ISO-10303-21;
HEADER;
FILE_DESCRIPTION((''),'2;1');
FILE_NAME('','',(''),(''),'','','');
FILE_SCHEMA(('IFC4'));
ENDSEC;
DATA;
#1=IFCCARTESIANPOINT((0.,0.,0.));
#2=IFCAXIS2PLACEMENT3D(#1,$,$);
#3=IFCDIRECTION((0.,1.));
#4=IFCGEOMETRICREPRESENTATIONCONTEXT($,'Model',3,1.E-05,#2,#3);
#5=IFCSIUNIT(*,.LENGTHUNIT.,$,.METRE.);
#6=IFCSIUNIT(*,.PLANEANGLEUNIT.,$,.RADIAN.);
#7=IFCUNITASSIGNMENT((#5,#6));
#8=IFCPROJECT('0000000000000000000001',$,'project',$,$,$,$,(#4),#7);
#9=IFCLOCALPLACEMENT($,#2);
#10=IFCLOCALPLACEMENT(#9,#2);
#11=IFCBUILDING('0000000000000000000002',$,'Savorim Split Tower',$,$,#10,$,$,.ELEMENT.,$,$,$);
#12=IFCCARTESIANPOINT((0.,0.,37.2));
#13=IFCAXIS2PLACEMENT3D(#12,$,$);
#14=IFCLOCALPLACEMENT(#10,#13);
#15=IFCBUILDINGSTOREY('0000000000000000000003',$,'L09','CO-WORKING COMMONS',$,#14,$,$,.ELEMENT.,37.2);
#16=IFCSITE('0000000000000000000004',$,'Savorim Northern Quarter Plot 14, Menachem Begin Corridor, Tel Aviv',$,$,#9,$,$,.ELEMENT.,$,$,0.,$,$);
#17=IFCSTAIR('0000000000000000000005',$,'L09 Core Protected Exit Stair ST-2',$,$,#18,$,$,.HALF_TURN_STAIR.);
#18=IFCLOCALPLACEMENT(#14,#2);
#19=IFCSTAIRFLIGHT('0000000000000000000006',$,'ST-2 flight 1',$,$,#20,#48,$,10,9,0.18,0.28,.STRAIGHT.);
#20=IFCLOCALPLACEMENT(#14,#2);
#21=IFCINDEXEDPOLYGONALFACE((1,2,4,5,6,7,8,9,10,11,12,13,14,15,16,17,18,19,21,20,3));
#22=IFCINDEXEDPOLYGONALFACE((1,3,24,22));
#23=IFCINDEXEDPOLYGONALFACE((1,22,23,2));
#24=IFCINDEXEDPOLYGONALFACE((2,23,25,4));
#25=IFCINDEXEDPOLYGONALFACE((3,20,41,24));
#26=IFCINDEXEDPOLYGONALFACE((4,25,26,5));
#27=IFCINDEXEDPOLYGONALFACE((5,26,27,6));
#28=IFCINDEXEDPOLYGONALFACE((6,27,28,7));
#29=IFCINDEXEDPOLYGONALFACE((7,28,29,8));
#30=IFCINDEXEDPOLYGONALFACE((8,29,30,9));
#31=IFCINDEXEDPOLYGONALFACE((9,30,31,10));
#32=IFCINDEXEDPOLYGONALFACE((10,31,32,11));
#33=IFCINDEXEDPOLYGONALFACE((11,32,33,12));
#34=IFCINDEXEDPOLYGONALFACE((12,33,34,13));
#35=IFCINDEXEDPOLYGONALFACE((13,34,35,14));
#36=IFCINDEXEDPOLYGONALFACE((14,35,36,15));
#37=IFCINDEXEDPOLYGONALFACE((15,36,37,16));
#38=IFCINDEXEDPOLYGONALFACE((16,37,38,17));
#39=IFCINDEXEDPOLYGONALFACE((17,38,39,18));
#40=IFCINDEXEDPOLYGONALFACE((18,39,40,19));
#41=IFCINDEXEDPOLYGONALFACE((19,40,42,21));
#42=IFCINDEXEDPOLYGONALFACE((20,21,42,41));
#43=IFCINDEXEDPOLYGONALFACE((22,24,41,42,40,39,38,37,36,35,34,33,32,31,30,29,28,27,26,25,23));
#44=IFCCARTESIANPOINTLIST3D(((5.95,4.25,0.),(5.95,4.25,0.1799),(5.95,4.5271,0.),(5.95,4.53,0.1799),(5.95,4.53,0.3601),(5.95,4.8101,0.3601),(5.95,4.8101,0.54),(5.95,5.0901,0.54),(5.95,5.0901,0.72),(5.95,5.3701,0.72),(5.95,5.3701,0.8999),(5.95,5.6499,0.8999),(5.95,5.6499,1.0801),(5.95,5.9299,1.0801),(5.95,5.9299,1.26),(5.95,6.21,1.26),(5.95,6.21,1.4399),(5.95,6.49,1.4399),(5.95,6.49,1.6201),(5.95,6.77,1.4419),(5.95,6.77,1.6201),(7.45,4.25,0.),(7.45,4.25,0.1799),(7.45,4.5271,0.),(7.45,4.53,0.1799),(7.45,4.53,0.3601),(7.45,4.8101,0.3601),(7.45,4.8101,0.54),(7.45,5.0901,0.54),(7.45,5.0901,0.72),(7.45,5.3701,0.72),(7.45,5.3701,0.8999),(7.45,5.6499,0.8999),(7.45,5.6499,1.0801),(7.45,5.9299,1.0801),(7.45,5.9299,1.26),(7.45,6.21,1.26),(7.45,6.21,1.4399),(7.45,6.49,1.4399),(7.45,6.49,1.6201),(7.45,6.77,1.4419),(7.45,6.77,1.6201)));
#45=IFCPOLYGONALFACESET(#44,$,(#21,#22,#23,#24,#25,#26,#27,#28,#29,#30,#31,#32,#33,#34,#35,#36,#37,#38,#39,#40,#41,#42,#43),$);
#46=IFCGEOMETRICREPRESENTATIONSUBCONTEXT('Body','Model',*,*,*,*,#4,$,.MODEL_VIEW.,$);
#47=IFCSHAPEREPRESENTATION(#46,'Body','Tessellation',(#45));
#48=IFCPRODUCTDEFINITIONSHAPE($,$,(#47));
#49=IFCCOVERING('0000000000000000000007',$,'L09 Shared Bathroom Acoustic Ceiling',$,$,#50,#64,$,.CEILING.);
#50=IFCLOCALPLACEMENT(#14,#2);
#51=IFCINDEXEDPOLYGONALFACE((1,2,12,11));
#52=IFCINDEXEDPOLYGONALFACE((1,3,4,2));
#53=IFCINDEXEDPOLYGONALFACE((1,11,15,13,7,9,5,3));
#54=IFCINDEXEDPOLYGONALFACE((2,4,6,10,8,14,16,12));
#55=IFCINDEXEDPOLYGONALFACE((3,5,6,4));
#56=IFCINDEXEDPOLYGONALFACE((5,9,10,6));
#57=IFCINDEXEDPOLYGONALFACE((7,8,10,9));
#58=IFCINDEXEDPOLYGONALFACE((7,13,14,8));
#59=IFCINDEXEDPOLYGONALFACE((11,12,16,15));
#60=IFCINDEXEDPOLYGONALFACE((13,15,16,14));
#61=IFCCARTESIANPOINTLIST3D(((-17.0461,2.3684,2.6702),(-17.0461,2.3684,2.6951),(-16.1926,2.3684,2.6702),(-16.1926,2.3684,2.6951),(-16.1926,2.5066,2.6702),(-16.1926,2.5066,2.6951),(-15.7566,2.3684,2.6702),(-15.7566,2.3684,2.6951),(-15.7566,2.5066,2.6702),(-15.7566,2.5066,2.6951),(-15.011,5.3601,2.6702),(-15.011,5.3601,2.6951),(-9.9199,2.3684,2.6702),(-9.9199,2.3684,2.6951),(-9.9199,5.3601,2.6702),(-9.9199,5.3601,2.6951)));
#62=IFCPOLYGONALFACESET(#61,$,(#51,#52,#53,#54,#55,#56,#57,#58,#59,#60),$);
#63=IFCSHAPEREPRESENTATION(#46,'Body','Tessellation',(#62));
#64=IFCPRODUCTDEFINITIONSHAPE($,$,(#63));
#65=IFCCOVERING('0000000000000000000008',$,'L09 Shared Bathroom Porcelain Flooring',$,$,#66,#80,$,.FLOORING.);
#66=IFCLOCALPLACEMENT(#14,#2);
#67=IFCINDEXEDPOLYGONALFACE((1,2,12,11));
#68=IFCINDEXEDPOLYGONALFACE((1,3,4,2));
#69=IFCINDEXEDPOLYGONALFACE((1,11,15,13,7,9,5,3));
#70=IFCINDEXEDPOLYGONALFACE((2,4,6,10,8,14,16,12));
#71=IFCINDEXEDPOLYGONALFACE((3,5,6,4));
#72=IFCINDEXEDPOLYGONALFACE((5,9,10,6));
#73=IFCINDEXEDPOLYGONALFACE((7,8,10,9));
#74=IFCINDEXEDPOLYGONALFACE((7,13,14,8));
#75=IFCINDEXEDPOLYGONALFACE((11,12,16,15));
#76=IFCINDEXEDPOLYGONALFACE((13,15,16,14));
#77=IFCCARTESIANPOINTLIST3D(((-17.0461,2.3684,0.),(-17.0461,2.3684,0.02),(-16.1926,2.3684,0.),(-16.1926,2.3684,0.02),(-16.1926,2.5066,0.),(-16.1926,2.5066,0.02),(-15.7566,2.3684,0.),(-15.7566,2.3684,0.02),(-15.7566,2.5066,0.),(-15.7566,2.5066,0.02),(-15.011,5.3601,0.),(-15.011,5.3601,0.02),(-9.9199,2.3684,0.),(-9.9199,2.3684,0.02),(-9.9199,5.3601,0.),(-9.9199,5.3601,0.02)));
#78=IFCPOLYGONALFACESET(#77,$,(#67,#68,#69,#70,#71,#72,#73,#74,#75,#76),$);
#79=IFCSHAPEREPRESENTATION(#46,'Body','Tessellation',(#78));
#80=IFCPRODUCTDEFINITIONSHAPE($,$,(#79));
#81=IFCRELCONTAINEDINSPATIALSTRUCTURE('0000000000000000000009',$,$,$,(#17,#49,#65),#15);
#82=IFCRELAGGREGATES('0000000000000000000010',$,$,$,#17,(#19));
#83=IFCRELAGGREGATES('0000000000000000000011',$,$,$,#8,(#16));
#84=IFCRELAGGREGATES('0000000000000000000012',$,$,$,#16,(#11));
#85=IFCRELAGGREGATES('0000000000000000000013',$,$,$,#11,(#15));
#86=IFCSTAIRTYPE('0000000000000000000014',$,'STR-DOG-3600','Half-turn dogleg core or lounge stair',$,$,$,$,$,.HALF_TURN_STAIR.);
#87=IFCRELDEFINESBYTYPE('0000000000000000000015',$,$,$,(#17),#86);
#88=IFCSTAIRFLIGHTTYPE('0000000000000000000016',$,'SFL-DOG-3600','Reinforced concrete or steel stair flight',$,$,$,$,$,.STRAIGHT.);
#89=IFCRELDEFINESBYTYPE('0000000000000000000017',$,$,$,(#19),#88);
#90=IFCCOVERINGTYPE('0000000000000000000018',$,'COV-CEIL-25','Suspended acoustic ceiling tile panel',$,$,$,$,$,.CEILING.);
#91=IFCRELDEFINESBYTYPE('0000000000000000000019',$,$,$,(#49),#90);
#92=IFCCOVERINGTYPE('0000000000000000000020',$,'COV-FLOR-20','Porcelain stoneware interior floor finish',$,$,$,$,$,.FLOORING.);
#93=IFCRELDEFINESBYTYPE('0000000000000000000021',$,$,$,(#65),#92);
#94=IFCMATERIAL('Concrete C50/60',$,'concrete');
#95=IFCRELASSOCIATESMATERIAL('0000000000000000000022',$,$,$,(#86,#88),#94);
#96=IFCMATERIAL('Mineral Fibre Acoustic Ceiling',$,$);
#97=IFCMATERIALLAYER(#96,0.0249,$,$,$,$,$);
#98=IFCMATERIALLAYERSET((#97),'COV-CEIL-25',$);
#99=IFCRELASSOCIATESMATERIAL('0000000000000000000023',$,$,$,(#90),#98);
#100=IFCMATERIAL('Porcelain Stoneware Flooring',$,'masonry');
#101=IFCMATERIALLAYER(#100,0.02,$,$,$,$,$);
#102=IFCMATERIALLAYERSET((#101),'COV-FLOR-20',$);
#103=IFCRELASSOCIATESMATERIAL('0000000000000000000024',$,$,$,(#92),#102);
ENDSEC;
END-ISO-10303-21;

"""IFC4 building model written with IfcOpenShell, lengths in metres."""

from ifc_helpers import new_model, si_unit, direction, frame, origin, place, context, subcontext, project, spatial, polyline, outline, extrude, material, layer, layer_set, type_object, element, aggregate, save


model = new_model("IFC4")

# Units and contexts
model_context = context("Model", 3, precision=1e-05, world=origin(), true_north=direction((0.0, 1.0)))
body_context = subcontext(model_context, "Body", "Model", "MODEL_VIEW")
ifc_project = project(units=[si_unit("LENGTHUNIT", "METRE"), si_unit("PLANEANGLEUNIT", "RADIAN")], contexts=[model_context])

# Site, building, storey
site_placement = place(None, origin())
site = spatial("IfcSite", under=ifc_project, at=site_placement, Name="Savorim Northern Quarter Plot 14, Menachem Begin Corridor, Tel Aviv", CompositionType="ELEMENT", RefElevation=0.0)
building_placement = place(site_placement, origin())
building = spatial("IfcBuilding", under=site, at=building_placement, Name="Savorim Split Tower", CompositionType="ELEMENT")
storey_placement = place(building_placement, frame((0.0, 0.0, 37.2)))
storey = spatial("IfcBuildingStorey", under=building, at=storey_placement, Name="L09", Description="CO-WORKING COMMONS", CompositionType="ELEMENT", Elevation=37.2)

# Shared definitions
ifc_material_1 = material(Name="Concrete C50/60", Category="concrete")

# Stair, stair flight
stair_type = type_object("IfcStairType", Name="STR-DOG-3600", Description="Half-turn dogleg core or lounge stair", PredefinedType="HALF_TURN_STAIR", material=ifc_material_1)
stair_placement = place(storey_placement, origin())
stair = element("IfcStair", 1, at=stair_placement, inside=storey, type_object=stair_type, Name="L09 Core Protected Exit Stair ST-2", PredefinedType="HALF_TURN_STAIR")
stair_flight_type = type_object("IfcStairFlightType", Name="SFL-DOG-3600", Description="Reinforced concrete or steel stair flight", PredefinedType="STRAIGHT", material=ifc_material_1)
stair_flight_placement = place(storey_placement, frame((6.7, 4.25, 0.0), z_axis=(0.0, 0.0, 1.0), x_axis=(0.0, 1.0, 0.0)))
stair_flight = element("IfcStairFlight", 2, at=stair_flight_placement, type_object=stair_flight_type, Name="ST-2 flight 1", NumberOfRisers=10, NumberOfTreads=9, PredefinedType="STRAIGHT", RiserHeight=0.18, TreadLength=0.28, context=body_context, shape_type="SweptSolid", body=[
    extrude(outline(polyline([(0.0, 0.0), (0.0, 0.1799), (0.28, 0.1799), (0.28, 0.3601), (0.5601, 0.3601), (0.5601, 0.54), (0.8401, 0.54), (0.8401, 0.72), (1.1201, 0.72), (1.1201, 0.8999), (1.3999, 0.8999), (1.3999, 1.0801), (1.6799, 1.0801), (1.6799, 1.26), (1.96, 1.26), (1.96, 1.4399), (2.24, 1.4399), (2.24, 1.6201), (2.52, 1.6201), (2.52, 1.8), (2.52, 1.4419), (0.2771, 0.0), (0.0, 0.0)])), frame((0.0, 0.75, 0.0), z_axis=(0.0, -1.0, 0.0), x_axis=(1.0, 0.0, 0.0)), (0.0, 0.0, 1.0), 1.5),
])
aggregate(stair, [stair_flight])

# Coverings
ifc_material_2 = material(Name="Mineral Fibre Acoustic Ceiling")
ifc_layer_1 = layer(ifc_material_2, 0.0249)
ifc_layer_set_1 = layer_set([ifc_layer_1], Name="COV-CEIL-25")
covering_type_1 = type_object("IfcCoveringType", Name="COV-CEIL-25", Description="Suspended acoustic ceiling tile panel", PredefinedType="CEILING", material=ifc_layer_set_1)
covering_1_placement = place(storey_placement, frame((0.0, 0.0, 2.6702)))
element("IfcCovering", 3, at=covering_1_placement, inside=storey, type_object=covering_type_1, Name="L09 Shared Bathroom Acoustic Ceiling", PredefinedType="CEILING", context=body_context, shape_type="SweptSolid", body=[
    extrude(outline(polyline([(-15.7566, 2.5066), (-15.7566, 2.3684), (-9.9199, 2.3684), (-9.9199, 5.3601), (-15.011, 5.3601), (-17.0461, 2.3684), (-16.1926, 2.3684), (-16.1926, 2.5066), (-15.7566, 2.5066)])), origin(), (0.0, 0.0, 1.0), 0.0249),
])
ifc_material_3 = material(Name="Porcelain Stoneware Flooring", Category="masonry")
ifc_layer_2 = layer(ifc_material_3, 0.02)
ifc_layer_set_2 = layer_set([ifc_layer_2], Name="COV-FLOR-20")
covering_type_2 = type_object("IfcCoveringType", Name="COV-FLOR-20", Description="Porcelain stoneware interior floor finish", PredefinedType="FLOORING", material=ifc_layer_set_2)
covering_2_placement = place(storey_placement, origin())
element("IfcCovering", 4, at=covering_2_placement, inside=storey, type_object=covering_type_2, Name="L09 Shared Bathroom Porcelain Flooring", PredefinedType="FLOORING", context=body_context, shape_type="SweptSolid", body=[
    extrude(outline(polyline([(-15.7566, 2.5066), (-15.7566, 2.3684), (-9.9199, 2.3684), (-9.9199, 5.3601), (-15.011, 5.3601), (-17.0461, 2.3684), (-16.1926, 2.3684), (-16.1926, 2.5066), (-15.7566, 2.5066)])), origin(), (0.0, 0.0, 1.0), 0.02),
])

save(model, "model.ifc")
